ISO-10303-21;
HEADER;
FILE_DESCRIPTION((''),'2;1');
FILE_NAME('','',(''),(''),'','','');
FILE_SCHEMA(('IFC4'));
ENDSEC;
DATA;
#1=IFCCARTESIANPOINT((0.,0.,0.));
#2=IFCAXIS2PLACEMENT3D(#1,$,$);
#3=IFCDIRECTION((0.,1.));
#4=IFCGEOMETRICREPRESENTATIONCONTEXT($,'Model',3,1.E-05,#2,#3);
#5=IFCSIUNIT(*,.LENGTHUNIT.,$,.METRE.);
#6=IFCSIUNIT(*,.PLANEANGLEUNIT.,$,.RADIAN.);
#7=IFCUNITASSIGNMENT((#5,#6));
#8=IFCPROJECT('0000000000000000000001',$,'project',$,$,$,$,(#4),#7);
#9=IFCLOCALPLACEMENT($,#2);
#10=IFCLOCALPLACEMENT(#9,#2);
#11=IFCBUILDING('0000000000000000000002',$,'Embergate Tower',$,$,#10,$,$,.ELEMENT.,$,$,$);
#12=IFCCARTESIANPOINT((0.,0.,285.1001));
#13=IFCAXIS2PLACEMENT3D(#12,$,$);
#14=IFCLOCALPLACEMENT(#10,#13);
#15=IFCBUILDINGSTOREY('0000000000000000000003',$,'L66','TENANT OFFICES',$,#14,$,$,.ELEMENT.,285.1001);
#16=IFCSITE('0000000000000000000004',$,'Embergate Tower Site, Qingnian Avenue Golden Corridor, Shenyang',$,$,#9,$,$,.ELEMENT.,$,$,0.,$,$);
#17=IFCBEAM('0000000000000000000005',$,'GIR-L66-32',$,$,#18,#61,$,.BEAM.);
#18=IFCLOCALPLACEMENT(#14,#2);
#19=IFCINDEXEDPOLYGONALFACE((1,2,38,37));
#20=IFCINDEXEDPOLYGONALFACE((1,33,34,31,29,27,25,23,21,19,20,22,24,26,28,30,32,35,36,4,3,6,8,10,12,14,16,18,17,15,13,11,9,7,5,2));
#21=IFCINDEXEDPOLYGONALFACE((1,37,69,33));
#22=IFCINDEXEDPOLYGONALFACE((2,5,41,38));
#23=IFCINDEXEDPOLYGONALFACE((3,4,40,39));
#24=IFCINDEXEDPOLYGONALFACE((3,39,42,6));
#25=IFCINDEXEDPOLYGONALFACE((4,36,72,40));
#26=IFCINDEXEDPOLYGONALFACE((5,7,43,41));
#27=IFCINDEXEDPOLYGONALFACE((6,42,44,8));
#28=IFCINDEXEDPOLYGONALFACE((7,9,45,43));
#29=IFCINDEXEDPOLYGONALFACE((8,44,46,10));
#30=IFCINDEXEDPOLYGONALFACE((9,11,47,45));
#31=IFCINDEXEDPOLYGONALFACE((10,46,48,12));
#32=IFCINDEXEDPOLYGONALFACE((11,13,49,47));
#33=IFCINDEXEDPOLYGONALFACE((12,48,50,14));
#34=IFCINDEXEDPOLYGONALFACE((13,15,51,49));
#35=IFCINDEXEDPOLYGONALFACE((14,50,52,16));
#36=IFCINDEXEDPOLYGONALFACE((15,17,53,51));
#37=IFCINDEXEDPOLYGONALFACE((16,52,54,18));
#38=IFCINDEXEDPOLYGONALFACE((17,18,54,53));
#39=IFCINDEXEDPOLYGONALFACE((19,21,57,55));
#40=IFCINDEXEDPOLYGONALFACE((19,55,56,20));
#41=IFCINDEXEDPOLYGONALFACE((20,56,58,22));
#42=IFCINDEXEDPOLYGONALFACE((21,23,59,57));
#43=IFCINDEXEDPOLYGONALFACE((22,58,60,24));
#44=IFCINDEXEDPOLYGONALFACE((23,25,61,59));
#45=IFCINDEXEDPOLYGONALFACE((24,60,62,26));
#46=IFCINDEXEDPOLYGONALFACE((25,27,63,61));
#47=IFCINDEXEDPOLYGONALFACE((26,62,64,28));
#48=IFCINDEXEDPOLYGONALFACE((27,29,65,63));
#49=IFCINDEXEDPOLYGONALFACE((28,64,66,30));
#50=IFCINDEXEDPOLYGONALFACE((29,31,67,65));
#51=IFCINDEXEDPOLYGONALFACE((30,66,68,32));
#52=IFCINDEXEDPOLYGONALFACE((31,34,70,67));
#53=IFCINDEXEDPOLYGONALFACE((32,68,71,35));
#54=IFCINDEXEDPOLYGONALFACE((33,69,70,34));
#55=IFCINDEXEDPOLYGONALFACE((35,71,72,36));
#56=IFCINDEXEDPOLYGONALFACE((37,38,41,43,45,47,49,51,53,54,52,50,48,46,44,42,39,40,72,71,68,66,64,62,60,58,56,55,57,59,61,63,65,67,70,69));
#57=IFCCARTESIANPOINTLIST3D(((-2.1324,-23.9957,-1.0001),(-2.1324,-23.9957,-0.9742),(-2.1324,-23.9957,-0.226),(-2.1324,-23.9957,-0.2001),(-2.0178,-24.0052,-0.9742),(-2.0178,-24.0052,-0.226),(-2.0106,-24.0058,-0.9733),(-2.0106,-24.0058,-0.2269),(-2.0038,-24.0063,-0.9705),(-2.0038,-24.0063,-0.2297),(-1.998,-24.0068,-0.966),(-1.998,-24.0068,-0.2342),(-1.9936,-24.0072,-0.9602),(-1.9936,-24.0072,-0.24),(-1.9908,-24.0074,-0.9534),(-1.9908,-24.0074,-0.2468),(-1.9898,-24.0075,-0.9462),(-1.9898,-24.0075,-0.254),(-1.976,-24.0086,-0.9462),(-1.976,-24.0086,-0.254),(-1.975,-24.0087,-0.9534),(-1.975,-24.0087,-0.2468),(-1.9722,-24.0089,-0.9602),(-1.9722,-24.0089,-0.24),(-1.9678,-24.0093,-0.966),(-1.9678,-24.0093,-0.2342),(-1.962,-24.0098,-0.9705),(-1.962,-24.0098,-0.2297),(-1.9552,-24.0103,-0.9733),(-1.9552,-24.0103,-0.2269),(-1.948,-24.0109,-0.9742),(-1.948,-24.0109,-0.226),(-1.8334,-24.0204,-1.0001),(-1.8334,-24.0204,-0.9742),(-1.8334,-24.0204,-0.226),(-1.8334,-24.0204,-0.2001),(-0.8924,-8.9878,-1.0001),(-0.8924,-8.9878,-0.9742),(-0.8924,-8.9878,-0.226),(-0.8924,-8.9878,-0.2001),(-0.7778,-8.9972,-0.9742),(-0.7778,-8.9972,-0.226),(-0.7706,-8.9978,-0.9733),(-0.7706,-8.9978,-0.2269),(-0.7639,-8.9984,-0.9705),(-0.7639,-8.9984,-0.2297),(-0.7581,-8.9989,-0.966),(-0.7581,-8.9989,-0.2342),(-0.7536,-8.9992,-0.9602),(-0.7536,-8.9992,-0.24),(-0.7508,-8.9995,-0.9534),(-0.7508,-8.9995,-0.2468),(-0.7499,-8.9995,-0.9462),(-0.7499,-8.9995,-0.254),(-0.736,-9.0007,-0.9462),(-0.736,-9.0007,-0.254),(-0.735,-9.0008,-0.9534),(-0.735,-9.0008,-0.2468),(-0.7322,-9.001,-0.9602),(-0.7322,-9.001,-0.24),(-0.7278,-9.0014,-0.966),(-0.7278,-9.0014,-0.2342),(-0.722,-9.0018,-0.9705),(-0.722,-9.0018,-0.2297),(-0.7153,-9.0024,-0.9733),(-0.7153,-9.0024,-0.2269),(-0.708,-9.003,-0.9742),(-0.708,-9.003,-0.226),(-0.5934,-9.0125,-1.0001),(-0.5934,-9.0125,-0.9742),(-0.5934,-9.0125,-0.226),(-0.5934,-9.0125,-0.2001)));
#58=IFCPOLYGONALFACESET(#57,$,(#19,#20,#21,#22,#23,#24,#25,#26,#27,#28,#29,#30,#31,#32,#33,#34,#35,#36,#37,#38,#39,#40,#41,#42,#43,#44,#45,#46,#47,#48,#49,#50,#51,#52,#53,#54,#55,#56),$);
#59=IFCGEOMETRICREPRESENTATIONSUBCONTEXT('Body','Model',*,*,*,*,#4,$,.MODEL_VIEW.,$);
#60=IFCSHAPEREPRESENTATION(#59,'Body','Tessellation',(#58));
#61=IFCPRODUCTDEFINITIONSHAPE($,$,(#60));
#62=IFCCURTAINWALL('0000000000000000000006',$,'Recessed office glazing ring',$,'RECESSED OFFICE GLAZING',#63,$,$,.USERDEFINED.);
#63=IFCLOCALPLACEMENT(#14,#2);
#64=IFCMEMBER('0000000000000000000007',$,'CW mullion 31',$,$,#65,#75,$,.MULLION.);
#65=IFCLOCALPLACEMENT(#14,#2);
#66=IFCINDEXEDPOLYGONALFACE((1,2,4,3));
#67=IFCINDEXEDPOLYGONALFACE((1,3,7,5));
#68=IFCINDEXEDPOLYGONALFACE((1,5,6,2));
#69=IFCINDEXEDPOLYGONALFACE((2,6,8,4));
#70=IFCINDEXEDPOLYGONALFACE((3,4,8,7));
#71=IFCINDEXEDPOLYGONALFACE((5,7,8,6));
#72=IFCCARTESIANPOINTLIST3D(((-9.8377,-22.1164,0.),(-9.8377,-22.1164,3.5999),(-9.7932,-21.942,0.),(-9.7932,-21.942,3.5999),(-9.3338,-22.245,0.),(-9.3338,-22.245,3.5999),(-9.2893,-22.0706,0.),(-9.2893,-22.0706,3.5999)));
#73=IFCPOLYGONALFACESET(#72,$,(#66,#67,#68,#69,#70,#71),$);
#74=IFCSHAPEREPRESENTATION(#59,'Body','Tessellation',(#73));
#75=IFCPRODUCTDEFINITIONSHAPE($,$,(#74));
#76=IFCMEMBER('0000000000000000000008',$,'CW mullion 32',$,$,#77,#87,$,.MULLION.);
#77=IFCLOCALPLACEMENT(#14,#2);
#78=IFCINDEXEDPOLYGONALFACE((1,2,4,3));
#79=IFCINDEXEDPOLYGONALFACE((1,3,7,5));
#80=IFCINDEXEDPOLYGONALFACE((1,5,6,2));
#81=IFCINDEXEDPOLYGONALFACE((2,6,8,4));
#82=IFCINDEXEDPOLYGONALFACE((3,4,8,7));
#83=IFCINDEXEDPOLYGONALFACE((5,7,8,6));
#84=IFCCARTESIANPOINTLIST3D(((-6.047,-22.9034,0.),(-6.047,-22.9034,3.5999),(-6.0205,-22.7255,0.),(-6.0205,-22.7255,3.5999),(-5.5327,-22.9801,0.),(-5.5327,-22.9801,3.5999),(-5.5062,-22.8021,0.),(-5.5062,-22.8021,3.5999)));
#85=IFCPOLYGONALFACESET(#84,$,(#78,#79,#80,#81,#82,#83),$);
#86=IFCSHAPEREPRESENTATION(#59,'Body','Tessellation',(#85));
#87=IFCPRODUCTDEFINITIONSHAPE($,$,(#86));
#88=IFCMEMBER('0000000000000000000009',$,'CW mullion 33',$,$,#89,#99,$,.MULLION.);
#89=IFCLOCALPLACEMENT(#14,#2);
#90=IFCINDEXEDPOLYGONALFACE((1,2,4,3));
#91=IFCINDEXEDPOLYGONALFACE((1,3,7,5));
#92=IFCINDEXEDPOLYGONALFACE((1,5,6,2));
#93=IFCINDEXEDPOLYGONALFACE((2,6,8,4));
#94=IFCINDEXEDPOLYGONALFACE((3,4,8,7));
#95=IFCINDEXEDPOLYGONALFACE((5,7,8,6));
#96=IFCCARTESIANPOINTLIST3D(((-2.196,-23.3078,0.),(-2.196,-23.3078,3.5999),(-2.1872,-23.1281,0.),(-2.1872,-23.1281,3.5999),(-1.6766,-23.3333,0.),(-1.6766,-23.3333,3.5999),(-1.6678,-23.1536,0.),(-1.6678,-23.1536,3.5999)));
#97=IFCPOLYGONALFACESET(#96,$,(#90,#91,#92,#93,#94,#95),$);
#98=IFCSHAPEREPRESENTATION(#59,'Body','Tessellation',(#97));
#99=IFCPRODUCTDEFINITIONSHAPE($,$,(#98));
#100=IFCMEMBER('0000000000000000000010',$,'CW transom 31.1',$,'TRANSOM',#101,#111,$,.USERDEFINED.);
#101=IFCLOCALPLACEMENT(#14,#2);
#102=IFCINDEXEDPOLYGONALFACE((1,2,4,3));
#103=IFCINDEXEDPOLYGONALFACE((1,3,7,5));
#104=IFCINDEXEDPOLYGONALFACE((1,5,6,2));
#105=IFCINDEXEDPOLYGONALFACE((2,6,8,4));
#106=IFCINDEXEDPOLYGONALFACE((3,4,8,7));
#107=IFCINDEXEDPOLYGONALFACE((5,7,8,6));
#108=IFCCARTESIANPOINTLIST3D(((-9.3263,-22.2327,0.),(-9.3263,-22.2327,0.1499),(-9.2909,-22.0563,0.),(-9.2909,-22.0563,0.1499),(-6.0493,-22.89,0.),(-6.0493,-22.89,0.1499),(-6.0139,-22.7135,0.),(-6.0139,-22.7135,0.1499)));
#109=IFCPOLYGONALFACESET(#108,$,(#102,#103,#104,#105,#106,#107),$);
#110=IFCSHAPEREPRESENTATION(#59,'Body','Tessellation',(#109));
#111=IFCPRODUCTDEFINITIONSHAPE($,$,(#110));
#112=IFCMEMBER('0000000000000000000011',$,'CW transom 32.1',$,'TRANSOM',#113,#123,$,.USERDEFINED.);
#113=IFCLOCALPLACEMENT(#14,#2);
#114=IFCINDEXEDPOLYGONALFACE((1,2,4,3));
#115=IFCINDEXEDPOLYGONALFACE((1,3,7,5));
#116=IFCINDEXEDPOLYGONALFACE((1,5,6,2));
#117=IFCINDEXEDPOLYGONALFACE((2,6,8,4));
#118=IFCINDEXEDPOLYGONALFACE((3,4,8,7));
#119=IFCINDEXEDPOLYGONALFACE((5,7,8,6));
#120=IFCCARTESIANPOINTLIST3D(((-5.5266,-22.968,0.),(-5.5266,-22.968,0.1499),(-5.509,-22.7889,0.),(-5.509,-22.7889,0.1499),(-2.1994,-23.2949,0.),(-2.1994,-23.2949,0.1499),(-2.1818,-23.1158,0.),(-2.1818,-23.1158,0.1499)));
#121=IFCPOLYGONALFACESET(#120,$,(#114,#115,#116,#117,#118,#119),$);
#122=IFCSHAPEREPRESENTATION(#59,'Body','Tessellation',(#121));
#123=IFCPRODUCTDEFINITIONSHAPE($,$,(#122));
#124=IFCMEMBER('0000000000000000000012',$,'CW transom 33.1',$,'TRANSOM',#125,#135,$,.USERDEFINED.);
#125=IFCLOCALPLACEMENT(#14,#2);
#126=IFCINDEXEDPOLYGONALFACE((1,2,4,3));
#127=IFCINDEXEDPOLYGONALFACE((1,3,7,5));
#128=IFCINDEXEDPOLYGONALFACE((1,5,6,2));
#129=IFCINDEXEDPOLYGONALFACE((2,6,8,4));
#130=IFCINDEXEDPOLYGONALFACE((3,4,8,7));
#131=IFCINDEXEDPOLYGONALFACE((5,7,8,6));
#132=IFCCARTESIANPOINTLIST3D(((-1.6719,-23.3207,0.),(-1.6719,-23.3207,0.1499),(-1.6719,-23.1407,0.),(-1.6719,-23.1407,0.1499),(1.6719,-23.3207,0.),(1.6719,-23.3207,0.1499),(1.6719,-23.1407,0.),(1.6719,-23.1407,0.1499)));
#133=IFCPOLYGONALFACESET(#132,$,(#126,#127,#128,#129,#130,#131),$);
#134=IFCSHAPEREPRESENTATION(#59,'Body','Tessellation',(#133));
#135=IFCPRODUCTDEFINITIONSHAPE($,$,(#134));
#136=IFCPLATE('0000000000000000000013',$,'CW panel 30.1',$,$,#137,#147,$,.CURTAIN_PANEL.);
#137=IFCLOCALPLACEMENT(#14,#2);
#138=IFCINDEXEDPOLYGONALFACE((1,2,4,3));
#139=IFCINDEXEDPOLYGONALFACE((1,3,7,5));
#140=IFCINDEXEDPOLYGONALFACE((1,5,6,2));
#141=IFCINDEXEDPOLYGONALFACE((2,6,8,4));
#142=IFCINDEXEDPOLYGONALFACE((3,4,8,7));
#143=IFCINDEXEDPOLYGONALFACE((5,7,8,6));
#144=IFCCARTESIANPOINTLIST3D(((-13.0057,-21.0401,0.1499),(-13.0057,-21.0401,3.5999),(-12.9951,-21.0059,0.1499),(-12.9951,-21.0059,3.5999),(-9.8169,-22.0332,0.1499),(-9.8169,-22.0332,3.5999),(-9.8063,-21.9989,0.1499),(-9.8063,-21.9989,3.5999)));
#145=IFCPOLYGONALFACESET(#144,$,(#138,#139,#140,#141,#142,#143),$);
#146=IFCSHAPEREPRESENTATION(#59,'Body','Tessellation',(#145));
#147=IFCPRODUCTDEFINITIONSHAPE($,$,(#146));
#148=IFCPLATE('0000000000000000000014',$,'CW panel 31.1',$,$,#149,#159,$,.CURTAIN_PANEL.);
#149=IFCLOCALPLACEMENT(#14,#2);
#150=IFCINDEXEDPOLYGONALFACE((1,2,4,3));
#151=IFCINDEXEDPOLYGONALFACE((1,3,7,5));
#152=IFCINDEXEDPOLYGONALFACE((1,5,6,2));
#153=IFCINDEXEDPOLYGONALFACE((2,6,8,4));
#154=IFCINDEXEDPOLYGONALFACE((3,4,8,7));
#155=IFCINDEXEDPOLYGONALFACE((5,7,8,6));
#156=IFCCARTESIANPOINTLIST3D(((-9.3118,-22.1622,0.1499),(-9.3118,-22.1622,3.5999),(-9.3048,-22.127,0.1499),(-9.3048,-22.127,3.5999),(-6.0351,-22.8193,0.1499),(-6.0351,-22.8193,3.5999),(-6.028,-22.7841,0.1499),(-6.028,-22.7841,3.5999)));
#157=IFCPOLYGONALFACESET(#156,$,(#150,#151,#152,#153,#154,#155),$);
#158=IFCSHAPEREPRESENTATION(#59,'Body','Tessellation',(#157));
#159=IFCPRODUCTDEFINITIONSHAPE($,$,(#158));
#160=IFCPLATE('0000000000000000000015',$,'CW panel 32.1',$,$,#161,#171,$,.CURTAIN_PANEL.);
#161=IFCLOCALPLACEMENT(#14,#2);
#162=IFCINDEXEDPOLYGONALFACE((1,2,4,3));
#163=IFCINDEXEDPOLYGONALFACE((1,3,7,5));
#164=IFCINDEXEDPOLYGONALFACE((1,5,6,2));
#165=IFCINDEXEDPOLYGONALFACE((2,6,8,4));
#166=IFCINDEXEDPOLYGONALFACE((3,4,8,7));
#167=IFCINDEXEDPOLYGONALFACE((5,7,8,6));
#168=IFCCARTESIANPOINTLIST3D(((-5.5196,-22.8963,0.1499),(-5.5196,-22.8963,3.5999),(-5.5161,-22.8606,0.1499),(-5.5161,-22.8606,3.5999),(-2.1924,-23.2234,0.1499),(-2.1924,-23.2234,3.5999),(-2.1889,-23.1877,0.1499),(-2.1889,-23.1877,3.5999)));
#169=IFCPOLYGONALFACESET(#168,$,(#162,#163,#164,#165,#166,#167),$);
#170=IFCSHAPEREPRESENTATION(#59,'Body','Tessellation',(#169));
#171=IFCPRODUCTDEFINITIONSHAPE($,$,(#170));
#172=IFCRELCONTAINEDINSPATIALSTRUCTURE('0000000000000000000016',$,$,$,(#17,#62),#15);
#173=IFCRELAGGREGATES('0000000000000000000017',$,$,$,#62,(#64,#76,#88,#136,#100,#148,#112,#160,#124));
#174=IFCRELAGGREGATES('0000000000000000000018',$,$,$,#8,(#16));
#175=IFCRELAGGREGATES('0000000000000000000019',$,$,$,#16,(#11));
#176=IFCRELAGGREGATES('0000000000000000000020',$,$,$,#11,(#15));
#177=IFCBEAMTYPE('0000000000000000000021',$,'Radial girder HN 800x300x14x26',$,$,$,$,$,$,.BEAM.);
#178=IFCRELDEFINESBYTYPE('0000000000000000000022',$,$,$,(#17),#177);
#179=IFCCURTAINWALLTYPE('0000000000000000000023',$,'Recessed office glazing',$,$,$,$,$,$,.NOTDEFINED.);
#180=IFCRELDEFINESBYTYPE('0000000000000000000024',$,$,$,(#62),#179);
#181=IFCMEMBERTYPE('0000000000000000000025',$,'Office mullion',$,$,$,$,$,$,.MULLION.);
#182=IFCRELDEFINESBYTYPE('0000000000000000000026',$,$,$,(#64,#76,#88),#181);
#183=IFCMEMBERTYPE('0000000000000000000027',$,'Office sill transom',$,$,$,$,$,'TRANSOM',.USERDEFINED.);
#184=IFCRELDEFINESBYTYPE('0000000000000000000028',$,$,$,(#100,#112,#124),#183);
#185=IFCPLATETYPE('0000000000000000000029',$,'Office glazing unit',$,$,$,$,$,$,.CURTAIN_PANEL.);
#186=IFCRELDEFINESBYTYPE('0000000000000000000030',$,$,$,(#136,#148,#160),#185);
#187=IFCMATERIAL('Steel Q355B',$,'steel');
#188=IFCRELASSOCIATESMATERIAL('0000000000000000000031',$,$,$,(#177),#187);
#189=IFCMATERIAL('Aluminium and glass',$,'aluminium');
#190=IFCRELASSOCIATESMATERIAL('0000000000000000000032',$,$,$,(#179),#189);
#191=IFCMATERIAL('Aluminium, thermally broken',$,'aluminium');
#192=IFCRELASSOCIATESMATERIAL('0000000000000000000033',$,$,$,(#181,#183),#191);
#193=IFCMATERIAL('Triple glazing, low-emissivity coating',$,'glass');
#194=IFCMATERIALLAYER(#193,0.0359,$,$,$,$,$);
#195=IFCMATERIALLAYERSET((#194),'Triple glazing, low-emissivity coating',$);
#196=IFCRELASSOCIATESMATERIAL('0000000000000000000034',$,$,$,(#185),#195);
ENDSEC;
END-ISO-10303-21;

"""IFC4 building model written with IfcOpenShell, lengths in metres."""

from ifc_helpers import new_model, si_unit, direction, frame, origin, origin_2d, place, context, subcontext, project, spatial, rectangle, i_section, extrude, source, transform, mapped, material, layer, layer_set, material_profile, profile_set, type_object, element, aggregate, save


model = new_model("IFC4")

# Units and contexts
model_context = context("Model", 3, precision=1e-05, world=origin(), true_north=direction((0.0, 1.0)))
body_context = subcontext(model_context, "Body", "Model", "MODEL_VIEW")
ifc_project = project(units=[si_unit("LENGTHUNIT", "METRE"), si_unit("PLANEANGLEUNIT", "RADIAN")], contexts=[model_context])

# Site, building, storey
site_placement = place(None, origin())
site = spatial("IfcSite", under=ifc_project, at=site_placement, Name="Embergate Tower Site, Qingnian Avenue Golden Corridor, Shenyang", CompositionType="ELEMENT", RefElevation=0.0)
building_placement = place(site_placement, origin())
building = spatial("IfcBuilding", under=site, at=building_placement, Name="Embergate Tower", CompositionType="ELEMENT")
storey_placement = place(building_placement, frame((0.0, 0.0, 285.1001)))
storey = spatial("IfcBuildingStorey", under=building, at=storey_placement, Name="L66", Description="TENANT OFFICES", CompositionType="ELEMENT", Elevation=285.1001)

# Beam
ifc_material_1 = material(Name="Steel Q355B", Category="steel")
ifc_material_profile_1 = material_profile(ifc_material_1, i_section(OverallWidth=0.3, OverallDepth=0.8, WebThickness=0.0139, FlangeThickness=0.0259, FilletRadius=0.0281, at=origin_2d()), Name="HN 800x300x14x26")
ifc_profile_set_1 = profile_set([ifc_material_profile_1], Name="Steel Q355 grade B")
beam_type_1 = type_object("IfcBeamType", Name="Radial girder HN 800x300x14x26", PredefinedType="BEAM", material=ifc_profile_set_1)
shared_shape_1 = source(origin(), body_context, "Body", "SweptSolid", [
    extrude(i_section(OverallWidth=0.3, OverallDepth=0.8, WebThickness=0.0139, FlangeThickness=0.0259, FilletRadius=0.0281, at=origin_2d()), origin(), (0.0, 0.0, 1.0), 15.0591),
])
beam_1_placement = place(storey_placement, frame((-1.9829, -24.0081, -0.6001), z_axis=(0.082341, 0.996604, 0.0), x_axis=(-0.996604, 0.082341, 0.0)))
element("IfcBeam", 1, at=beam_1_placement, inside=storey, type_object=beam_type_1, Name="GIR-L66-32", PredefinedType="BEAM", context=body_context, shape_type="MappedRepresentation", body=[
    mapped(shared_shape_1, transform((0.0, 0.0, 0.0))),
])

# Curtain wall, members
ifc_material_2 = material(Name="Aluminium and glass", Category="aluminium")
curtain_wall_type = type_object("IfcCurtainWallType", Name="Recessed office glazing", PredefinedType="NOTDEFINED", material=ifc_material_2)
curtain_wall_placement = place(storey_placement, origin())
curtain_wall = element("IfcCurtainWall", 2, at=curtain_wall_placement, inside=storey, type_object=curtain_wall_type, Name="Recessed office glazing ring", ObjectType="RECESSED OFFICE GLAZING", PredefinedType="USERDEFINED")
ifc_material_3 = material(Name="Aluminium, thermally broken", Category="aluminium")
ifc_material_profile_2 = material_profile(ifc_material_3, rectangle(XDim=0.1799, YDim=0.52, at=origin_2d()), Name="AL 520x180")
ifc_profile_set_2 = profile_set([ifc_material_profile_2], Name="Aluminium, thermally broken")
member_type_1 = type_object("IfcMemberType", Name="Office mullion", PredefinedType="MULLION", material=ifc_profile_set_2)
shared_shape_2 = source(origin(), body_context, "Body", "SweptSolid", [
    extrude(rectangle(XDim=0.1799, YDim=0.52, at=origin_2d()), origin(), (0.0, 0.0, 1.0), 3.5999),
])
member_1_placement = place(storey_placement, frame((-9.5635, -22.0935, 0.0), z_axis=(0.0, 0.0, 1.0), x_axis=(0.247305, 0.968938, 0.0)))
member_1 = element("IfcMember", 3, at=member_1_placement, type_object=member_type_1, Name="CW mullion 31", PredefinedType="MULLION", context=body_context, shape_type="MappedRepresentation", body=[
    mapped(shared_shape_2, transform((0.0, 0.0, 0.0))),
])
member_2_placement = place(storey_placement, frame((-5.7766, -22.8528, 0.0), z_axis=(0.0, 0.0, 1.0), x_axis=(0.147407, 0.989076, 0.0)))
member_2 = element("IfcMember", 4, at=member_2_placement, type_object=member_type_1, Name="CW mullion 32", PredefinedType="MULLION", context=body_context, shape_type="MappedRepresentation", body=[
    mapped(shared_shape_2, transform((0.0, 0.0, 0.0))),
])
member_3_placement = place(storey_placement, frame((-1.9319, -23.2307, 0.0), z_axis=(0.0, 0.0, 1.0), x_axis=(0.04897, 0.9988, 0.0)))
member_3 = element("IfcMember", 5, at=member_3_placement, type_object=member_type_1, Name="CW mullion 33", PredefinedType="MULLION", context=body_context, shape_type="MappedRepresentation", body=[
    mapped(shared_shape_2, transform((0.0, 0.0, 0.0))),
])
ifc_material_profile_3 = material_profile(ifc_material_3, rectangle(XDim=0.1799, YDim=0.1499, at=origin_2d()), Name="AL 150x180")
ifc_profile_set_3 = profile_set([ifc_material_profile_3], Name="Aluminium, thermally broken")
member_type_2 = type_object("IfcMemberType", Name="Office sill transom", ElementType="TRANSOM", PredefinedType="USERDEFINED", material=ifc_profile_set_3)
shared_shape_3 = source(origin(), body_context, "Body", "SweptSolid", [
    extrude(rectangle(XDim=0.1799, YDim=0.1499, at=origin_2d()), origin(), (0.0, 0.0, 1.0), 3.3423),
])
member_4_placement = place(storey_placement, frame((-9.3086, -22.1445, 0.075), z_axis=(0.980477, -0.196636, 0.0), x_axis=(0.196636, 0.980477, 0.0)))
member_4 = element("IfcMember", 6, at=member_4_placement, type_object=member_type_2, Name="CW transom 31.1", ObjectType="TRANSOM", PredefinedType="USERDEFINED", context=body_context, shape_type="MappedRepresentation", body=[
    mapped(shared_shape_3, transform((0.0, 0.0, 0.0))),
])
shared_shape_4 = source(origin(), body_context, "Body", "SweptSolid", [
    extrude(rectangle(XDim=0.1799, YDim=0.1499, at=origin_2d()), origin(), (0.0, 0.0, 1.0), 3.3433),
])
member_5_placement = place(storey_placement, frame((-5.5178, -22.8784, 0.075), z_axis=(0.995208, -0.097783, 0.0), x_axis=(0.097783, 0.995208, 0.0)))
member_5 = element("IfcMember", 7, at=member_5_placement, type_object=member_type_2, Name="CW transom 32.1", ObjectType="TRANSOM", PredefinedType="USERDEFINED", context=body_context, shape_type="MappedRepresentation", body=[
    mapped(shared_shape_4, transform((0.0, 0.0, 0.0))),
])
shared_shape_5 = source(origin(), body_context, "Body", "SweptSolid", [
    extrude(rectangle(XDim=0.1799, YDim=0.1499, at=origin_2d()), origin(), (0.0, 0.0, 1.0), 3.3438),
])
member_6_placement = place(storey_placement, frame((-1.6719, -23.2307, 0.075), z_axis=(1.0, 0.0, 0.0), x_axis=(0.0, 1.0, 0.0)))
member_6 = element("IfcMember", 8, at=member_6_placement, type_object=member_type_2, Name="CW transom 33.1", ObjectType="TRANSOM", PredefinedType="USERDEFINED", context=body_context, shape_type="MappedRepresentation", body=[
    mapped(shared_shape_5, transform((0.0, 0.0, 0.0))),
])

# Plates
ifc_material_4 = material(Name="Triple glazing, low-emissivity coating", Category="glass")
ifc_layer_1 = layer(ifc_material_4, 0.0359)
ifc_layer_set_1 = layer_set([ifc_layer_1], Name="Triple glazing, low-emissivity coating")
plate_type = type_object("IfcPlateType", Name="Office glazing unit", PredefinedType="CURTAIN_PANEL", material=ifc_layer_set_1)
shared_shape_6 = source(origin(), body_context, "Body", "SweptSolid", [
    extrude(rectangle(XDim=3.3398, YDim=0.0359, at=origin_2d()), origin(), (0.0, 0.0, 1.0), 3.45),
])
plate_1_placement = place(storey_placement, frame((-11.406, -21.5195, 0.1499), z_axis=(0.0, 0.0, 1.0), x_axis=(0.954774, -0.297333, 0.0)))
plate_1 = element("IfcPlate", 9, at=plate_1_placement, type_object=plate_type, Name="CW panel 30.1", PredefinedType="CURTAIN_PANEL", context=body_context, shape_type="MappedRepresentation", body=[
    mapped(shared_shape_6, transform((0.0, 0.0, 0.0))),
])
shared_shape_7 = source(origin(), body_context, "Body", "SweptSolid", [
    extrude(rectangle(XDim=3.342, YDim=0.0359, at=origin_2d()), origin(), (0.0, 0.0, 1.0), 3.45),
])
plate_2_placement = place(storey_placement, frame((-7.6699, -22.4731, 0.1499), z_axis=(0.0, 0.0, 1.0), x_axis=(0.980477, -0.196636, 0.0)))
plate_2 = element("IfcPlate", 10, at=plate_2_placement, type_object=plate_type, Name="CW panel 31.1", PredefinedType="CURTAIN_PANEL", context=body_context, shape_type="MappedRepresentation", body=[
    mapped(shared_shape_7, transform((0.0, 0.0, 0.0))),
])
shared_shape_8 = source(origin(), body_context, "Body", "SweptSolid", [
    extrude(rectangle(XDim=3.3433, YDim=0.0359, at=origin_2d()), origin(), (0.0, 0.0, 1.0), 3.45),
])
plate_3_placement = place(storey_placement, frame((-3.8542, -23.042, 0.1499), z_axis=(0.0, 0.0, 1.0), x_axis=(0.995203, -0.097828, 0.0)))
plate_3 = element("IfcPlate", 11, at=plate_3_placement, type_object=plate_type, Name="CW panel 32.1", PredefinedType="CURTAIN_PANEL", context=body_context, shape_type="MappedRepresentation", body=[
    mapped(shared_shape_8, transform((0.0, 0.0, 0.0))),
])
aggregate(curtain_wall, [member_1, member_2, member_3, plate_1, member_4, plate_2, member_5, plate_3, member_6])

save(model, "model.ifc")
